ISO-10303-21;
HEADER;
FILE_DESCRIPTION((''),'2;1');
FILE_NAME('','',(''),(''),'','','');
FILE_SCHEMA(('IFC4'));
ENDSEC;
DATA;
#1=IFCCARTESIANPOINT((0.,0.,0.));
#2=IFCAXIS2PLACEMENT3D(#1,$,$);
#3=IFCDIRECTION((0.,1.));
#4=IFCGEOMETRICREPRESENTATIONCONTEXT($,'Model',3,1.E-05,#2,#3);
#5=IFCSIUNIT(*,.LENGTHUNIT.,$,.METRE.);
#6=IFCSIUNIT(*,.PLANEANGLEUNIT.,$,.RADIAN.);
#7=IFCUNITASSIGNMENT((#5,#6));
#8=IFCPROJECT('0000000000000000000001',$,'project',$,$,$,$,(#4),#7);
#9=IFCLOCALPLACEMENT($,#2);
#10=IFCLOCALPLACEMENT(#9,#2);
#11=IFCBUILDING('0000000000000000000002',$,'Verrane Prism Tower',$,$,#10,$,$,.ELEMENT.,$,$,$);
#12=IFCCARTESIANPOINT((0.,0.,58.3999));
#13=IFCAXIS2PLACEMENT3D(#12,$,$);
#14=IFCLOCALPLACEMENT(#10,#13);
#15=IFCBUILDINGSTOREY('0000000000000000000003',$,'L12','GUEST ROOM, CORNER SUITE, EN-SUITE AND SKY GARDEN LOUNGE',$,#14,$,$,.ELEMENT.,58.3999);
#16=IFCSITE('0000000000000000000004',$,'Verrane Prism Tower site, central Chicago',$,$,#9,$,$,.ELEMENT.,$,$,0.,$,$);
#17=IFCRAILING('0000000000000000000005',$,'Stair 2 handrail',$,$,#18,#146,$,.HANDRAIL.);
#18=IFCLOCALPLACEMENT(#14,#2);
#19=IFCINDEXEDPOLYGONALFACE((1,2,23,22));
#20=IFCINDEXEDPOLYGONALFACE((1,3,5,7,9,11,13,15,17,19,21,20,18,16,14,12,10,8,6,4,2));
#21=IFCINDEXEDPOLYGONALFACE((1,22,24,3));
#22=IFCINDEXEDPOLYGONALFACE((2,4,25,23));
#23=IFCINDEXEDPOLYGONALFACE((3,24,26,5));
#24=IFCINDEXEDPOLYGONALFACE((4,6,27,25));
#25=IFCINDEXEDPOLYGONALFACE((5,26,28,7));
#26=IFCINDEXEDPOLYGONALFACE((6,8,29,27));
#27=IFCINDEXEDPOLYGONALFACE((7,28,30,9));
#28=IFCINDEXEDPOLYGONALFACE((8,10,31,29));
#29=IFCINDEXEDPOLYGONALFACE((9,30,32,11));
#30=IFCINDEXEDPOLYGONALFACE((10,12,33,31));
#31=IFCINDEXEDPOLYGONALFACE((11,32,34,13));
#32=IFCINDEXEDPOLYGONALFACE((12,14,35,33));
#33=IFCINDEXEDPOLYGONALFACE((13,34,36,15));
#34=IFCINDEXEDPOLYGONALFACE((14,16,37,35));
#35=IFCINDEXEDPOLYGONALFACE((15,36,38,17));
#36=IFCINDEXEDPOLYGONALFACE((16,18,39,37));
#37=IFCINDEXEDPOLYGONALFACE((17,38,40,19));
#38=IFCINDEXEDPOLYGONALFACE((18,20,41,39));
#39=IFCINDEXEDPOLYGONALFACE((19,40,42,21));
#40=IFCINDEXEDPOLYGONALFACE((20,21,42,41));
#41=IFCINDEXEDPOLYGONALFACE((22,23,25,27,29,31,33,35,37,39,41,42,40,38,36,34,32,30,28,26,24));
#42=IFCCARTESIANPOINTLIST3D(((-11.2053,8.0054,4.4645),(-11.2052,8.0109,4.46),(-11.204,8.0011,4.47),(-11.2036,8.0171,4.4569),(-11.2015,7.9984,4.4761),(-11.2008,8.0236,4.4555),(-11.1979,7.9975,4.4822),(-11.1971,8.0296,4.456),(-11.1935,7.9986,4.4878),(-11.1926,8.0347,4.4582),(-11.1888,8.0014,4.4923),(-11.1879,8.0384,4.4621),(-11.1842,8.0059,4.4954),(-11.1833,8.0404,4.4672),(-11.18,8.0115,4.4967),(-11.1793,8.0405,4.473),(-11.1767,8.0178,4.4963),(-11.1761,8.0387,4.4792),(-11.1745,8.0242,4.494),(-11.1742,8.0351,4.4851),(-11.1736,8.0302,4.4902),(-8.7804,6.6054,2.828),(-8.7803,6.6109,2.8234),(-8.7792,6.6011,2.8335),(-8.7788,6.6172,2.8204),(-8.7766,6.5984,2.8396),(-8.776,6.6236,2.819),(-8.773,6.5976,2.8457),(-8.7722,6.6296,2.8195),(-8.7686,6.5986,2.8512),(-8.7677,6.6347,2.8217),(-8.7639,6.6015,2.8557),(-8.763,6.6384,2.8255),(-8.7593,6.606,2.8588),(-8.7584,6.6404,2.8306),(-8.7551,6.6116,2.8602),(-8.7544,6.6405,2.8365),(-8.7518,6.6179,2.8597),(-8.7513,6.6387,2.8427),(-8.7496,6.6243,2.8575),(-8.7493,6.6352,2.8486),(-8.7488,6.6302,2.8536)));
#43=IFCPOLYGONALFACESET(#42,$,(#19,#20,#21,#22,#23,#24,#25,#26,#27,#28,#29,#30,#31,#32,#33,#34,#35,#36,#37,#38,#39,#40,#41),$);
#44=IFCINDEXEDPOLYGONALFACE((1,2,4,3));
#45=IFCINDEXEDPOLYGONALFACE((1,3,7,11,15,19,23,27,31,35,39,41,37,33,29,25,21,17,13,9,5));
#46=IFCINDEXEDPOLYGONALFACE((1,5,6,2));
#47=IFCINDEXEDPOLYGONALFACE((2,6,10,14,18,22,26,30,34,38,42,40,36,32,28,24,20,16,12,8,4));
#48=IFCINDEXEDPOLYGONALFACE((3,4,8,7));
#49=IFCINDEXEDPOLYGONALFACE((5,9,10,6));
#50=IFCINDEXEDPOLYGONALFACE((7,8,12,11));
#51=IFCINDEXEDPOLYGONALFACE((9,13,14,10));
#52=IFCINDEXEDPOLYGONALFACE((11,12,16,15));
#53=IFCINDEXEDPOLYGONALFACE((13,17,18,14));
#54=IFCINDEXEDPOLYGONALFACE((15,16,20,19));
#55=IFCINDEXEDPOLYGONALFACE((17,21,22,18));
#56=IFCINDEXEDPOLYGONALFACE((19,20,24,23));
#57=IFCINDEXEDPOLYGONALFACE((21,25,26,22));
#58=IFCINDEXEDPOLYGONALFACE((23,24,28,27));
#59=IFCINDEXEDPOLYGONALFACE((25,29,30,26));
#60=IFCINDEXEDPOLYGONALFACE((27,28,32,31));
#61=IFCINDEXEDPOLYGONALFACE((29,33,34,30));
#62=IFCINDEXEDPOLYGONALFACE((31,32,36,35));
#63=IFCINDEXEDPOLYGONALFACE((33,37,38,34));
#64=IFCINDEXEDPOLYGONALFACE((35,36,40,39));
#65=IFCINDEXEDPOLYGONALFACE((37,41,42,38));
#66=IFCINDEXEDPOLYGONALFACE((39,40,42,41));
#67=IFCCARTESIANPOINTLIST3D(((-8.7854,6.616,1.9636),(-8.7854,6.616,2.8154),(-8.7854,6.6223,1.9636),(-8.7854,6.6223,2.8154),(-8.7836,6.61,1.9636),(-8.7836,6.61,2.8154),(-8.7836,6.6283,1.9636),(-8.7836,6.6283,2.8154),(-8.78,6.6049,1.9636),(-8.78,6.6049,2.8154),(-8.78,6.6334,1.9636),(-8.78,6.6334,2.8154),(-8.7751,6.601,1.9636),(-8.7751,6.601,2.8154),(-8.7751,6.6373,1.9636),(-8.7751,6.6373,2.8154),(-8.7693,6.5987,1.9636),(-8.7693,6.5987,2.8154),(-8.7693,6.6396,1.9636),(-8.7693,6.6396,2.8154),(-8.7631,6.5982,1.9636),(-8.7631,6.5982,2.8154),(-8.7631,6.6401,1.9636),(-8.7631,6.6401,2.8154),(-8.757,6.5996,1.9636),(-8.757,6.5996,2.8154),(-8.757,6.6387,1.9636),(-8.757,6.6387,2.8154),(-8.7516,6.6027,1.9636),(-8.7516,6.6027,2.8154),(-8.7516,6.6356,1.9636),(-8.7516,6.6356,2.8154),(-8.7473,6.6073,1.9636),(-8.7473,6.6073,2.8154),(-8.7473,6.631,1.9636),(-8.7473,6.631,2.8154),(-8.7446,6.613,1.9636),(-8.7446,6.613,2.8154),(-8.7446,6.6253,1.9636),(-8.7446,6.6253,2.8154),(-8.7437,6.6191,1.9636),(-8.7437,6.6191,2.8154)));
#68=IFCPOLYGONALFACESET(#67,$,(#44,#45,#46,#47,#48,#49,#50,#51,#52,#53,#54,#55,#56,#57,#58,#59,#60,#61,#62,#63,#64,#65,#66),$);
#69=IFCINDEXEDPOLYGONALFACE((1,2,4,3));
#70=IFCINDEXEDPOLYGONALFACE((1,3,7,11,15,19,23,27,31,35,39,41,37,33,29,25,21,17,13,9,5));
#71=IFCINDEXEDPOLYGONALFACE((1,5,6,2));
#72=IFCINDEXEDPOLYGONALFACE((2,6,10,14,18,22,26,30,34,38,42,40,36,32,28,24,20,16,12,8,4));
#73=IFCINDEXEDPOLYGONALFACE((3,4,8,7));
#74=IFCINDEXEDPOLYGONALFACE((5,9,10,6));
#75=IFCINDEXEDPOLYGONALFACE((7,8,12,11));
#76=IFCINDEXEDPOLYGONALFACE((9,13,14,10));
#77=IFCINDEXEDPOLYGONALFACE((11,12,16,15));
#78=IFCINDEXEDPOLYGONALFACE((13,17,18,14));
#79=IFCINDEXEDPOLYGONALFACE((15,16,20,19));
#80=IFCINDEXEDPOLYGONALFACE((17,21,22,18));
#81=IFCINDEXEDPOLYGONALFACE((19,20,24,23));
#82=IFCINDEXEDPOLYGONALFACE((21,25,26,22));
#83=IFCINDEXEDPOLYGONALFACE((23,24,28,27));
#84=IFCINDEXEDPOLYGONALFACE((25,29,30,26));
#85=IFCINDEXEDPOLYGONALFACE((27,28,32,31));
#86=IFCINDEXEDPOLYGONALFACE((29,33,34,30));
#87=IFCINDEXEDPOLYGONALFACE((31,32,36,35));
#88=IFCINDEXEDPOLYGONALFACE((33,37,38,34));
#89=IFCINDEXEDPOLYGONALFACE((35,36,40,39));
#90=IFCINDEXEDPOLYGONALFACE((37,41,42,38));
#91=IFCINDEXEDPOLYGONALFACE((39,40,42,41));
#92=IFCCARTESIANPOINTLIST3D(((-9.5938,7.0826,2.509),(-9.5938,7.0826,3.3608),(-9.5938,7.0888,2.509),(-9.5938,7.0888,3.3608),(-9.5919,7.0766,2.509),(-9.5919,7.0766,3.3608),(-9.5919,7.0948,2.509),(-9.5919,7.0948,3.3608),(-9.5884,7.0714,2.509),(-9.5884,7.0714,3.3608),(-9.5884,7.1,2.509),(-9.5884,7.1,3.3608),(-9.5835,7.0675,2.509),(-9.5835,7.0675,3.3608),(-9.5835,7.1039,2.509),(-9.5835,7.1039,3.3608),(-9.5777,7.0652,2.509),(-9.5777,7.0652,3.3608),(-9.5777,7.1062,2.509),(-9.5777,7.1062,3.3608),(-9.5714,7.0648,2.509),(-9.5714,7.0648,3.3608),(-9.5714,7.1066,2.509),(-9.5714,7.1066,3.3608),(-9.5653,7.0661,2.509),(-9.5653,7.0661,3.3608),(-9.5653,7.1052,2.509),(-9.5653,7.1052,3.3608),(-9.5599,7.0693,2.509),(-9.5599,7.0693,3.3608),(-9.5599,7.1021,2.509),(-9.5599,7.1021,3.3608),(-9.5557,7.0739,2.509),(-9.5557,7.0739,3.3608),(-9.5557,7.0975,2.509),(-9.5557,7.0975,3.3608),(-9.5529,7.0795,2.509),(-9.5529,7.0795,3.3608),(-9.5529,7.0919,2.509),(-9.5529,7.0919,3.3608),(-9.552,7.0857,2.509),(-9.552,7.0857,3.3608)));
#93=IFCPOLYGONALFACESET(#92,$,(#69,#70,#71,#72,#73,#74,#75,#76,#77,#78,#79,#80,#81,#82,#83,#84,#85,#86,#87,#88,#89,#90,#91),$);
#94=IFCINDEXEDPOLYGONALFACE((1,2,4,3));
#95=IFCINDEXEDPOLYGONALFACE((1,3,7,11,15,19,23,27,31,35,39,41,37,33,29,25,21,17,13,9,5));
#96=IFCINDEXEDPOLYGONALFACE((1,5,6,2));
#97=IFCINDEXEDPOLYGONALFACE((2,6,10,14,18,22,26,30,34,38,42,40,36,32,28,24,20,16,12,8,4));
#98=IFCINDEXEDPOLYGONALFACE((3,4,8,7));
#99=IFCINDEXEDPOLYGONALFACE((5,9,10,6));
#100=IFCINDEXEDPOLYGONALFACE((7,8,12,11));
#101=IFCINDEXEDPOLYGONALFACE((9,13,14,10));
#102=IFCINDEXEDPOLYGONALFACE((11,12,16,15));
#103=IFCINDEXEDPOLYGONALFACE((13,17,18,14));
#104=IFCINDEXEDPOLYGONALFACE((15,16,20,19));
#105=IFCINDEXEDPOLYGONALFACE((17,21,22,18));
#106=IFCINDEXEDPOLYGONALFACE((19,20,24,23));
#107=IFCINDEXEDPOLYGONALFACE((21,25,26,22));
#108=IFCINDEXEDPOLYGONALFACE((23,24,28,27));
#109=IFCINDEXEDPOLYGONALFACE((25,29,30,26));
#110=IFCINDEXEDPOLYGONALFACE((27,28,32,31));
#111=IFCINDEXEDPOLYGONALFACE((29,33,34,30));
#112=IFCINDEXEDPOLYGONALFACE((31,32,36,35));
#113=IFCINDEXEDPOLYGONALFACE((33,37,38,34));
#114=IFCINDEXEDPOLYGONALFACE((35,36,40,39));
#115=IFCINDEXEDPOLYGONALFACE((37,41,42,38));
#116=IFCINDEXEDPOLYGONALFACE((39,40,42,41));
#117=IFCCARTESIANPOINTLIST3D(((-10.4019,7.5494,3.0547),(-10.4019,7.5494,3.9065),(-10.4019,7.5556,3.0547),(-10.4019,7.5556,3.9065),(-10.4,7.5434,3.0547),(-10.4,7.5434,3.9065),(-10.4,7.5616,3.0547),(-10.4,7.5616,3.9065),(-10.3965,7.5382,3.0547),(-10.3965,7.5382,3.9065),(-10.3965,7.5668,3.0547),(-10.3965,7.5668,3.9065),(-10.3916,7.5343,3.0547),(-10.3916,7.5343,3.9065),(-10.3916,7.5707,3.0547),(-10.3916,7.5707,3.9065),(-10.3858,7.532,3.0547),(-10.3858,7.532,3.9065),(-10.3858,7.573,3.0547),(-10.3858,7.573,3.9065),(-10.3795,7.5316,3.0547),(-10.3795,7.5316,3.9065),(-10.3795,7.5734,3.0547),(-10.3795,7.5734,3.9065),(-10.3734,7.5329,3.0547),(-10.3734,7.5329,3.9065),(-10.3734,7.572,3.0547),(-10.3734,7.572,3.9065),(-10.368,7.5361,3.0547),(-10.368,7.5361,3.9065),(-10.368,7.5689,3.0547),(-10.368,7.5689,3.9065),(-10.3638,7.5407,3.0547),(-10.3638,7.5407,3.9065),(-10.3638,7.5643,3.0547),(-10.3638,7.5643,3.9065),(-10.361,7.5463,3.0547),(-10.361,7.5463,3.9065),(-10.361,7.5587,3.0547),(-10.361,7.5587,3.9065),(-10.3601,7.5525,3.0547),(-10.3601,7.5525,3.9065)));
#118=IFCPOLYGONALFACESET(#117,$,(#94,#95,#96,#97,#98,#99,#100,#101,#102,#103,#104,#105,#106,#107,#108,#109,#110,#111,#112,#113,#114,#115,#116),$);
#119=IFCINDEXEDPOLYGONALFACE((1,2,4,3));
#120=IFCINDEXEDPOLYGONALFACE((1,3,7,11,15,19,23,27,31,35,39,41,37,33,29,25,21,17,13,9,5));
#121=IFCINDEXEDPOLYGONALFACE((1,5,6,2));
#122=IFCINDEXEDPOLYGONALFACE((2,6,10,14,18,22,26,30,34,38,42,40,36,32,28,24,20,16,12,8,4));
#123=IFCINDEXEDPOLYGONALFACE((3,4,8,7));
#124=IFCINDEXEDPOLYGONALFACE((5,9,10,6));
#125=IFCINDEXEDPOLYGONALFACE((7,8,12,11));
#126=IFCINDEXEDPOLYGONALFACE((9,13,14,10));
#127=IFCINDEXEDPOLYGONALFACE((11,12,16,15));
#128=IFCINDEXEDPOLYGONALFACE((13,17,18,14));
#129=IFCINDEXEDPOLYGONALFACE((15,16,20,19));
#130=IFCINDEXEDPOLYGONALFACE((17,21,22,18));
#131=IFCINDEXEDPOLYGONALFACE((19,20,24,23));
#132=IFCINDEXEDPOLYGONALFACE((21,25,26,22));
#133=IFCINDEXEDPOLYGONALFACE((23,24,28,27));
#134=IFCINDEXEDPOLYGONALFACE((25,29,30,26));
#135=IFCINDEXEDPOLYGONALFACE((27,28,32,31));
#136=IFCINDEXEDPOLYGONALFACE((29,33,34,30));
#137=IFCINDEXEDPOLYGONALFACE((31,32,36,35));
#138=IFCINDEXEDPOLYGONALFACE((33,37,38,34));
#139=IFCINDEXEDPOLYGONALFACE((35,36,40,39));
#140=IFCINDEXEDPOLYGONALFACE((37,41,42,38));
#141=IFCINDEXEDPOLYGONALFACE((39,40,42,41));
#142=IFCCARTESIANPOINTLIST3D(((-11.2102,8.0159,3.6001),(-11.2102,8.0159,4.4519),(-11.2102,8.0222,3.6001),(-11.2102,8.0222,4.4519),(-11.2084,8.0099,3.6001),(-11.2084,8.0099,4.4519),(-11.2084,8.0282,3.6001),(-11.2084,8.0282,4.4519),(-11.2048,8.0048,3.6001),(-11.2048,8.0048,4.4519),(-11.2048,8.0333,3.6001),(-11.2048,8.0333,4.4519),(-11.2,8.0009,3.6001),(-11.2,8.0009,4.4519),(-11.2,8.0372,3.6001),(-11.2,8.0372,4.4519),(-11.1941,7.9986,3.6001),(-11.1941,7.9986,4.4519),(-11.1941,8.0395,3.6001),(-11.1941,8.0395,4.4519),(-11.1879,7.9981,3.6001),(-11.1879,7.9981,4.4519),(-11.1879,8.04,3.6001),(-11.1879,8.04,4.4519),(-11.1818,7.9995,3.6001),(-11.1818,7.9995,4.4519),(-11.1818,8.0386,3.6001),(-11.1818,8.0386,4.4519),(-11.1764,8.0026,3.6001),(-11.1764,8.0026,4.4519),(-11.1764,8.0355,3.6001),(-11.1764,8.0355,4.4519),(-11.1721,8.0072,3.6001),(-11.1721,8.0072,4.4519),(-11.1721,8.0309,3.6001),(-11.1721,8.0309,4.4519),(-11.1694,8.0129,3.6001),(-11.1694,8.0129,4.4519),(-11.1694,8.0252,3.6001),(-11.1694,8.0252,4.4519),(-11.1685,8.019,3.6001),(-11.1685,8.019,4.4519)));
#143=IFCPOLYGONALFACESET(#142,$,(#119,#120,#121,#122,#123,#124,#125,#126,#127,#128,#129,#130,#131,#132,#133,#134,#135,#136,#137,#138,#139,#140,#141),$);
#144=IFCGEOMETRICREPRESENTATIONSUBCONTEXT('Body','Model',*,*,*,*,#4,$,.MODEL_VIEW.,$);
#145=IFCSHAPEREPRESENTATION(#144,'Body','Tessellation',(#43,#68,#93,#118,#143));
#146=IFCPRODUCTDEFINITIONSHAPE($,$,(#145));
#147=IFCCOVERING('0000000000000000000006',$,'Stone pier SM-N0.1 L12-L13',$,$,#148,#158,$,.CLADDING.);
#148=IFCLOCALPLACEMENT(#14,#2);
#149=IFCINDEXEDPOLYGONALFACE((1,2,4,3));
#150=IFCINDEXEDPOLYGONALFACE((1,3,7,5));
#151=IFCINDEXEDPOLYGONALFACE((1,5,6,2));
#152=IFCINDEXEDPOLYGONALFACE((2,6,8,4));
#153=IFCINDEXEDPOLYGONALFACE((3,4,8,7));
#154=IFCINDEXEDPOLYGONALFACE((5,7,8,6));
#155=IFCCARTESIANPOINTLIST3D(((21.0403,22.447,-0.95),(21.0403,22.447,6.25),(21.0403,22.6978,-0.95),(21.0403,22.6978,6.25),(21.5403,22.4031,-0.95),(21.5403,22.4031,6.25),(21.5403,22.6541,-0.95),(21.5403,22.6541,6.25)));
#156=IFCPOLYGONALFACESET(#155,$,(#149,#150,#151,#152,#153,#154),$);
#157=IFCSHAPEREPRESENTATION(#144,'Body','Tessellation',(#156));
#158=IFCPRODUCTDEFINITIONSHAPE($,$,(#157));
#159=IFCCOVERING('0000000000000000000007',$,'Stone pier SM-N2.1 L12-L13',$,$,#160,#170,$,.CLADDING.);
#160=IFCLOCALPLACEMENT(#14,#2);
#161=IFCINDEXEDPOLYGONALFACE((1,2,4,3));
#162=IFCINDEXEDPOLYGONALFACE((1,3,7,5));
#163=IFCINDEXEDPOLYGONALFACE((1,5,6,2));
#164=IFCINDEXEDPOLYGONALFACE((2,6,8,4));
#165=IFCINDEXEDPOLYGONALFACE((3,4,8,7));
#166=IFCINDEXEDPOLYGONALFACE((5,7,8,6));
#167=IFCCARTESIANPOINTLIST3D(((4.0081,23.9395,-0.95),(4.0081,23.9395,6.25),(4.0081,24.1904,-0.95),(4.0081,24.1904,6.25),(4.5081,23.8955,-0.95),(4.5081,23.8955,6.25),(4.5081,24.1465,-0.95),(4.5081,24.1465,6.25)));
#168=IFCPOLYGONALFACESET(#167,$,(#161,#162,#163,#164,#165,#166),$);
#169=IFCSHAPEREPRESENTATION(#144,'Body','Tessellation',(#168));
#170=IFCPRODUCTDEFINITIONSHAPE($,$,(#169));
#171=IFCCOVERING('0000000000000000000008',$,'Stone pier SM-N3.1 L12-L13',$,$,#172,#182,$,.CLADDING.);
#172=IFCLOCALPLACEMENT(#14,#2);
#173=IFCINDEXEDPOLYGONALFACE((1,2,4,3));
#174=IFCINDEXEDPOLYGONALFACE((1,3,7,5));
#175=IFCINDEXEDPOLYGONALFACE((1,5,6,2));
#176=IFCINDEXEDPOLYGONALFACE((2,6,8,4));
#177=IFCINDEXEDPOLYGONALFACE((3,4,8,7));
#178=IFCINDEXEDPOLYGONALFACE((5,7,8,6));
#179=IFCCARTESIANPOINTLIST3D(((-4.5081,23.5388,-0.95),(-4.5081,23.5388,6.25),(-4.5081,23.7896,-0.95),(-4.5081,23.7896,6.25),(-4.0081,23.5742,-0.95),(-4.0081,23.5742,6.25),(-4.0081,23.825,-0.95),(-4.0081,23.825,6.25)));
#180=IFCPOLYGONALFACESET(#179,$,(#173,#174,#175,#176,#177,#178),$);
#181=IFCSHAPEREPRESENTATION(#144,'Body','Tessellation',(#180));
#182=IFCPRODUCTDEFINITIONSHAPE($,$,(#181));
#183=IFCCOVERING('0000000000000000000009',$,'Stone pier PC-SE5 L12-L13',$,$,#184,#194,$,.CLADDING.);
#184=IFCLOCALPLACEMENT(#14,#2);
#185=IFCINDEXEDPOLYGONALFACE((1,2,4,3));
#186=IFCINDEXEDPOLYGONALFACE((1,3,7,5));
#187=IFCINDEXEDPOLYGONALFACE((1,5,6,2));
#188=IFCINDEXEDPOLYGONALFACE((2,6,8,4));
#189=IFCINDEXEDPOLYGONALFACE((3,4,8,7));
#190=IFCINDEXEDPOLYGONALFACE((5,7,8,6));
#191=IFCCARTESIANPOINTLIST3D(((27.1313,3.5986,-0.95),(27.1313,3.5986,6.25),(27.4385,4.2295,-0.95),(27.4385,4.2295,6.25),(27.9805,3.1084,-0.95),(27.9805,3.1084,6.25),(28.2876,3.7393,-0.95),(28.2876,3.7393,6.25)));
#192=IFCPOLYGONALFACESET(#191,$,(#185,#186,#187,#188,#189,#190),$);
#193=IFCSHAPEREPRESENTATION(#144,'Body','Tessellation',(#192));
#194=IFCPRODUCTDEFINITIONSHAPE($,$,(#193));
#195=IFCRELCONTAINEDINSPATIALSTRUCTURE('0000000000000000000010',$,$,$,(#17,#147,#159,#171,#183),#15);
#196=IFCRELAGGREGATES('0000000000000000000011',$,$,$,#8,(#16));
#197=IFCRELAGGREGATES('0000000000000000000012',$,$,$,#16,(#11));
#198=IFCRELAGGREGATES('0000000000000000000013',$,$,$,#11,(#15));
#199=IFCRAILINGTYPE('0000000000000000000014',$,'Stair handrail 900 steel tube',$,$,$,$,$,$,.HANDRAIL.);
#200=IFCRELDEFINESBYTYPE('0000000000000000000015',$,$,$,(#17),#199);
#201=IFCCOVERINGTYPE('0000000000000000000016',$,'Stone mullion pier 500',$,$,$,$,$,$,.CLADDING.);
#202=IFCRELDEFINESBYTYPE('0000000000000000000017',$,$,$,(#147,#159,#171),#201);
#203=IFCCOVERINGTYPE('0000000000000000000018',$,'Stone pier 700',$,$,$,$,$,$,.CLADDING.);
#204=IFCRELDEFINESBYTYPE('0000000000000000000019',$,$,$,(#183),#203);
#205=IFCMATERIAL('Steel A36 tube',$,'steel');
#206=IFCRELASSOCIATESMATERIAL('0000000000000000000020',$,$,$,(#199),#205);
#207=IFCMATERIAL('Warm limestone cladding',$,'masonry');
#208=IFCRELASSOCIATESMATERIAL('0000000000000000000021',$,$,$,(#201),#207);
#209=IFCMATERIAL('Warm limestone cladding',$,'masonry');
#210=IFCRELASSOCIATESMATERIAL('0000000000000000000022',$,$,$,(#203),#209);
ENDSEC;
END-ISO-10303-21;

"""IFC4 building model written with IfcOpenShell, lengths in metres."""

from ifc_helpers import new_model, si_unit, direction, frame, origin, origin_2d, place, context, subcontext, project, spatial, polyline, circle, outline, extrude, material, type_object, element, save


model = new_model("IFC4")

# Units and contexts
model_context = context("Model", 3, precision=1e-05, world=origin(), true_north=direction((0.0, 1.0)))
body_context = subcontext(model_context, "Body", "Model", "MODEL_VIEW")
ifc_project = project(units=[si_unit("LENGTHUNIT", "METRE"), si_unit("PLANEANGLEUNIT", "RADIAN")], contexts=[model_context])

# Site, building, storey
site_placement = place(None, origin())
site = spatial("IfcSite", under=ifc_project, at=site_placement, Name="Verrane Prism Tower site, central Chicago", CompositionType="ELEMENT", RefElevation=0.0)
building_placement = place(site_placement, origin())
building = spatial("IfcBuilding", under=site, at=building_placement, Name="Verrane Prism Tower", CompositionType="ELEMENT")
storey_placement = place(building_placement, frame((0.0, 0.0, 58.3999)))
storey = spatial("IfcBuildingStorey", under=building, at=storey_placement, Name="L12", Description="GUEST ROOM, CORNER SUITE, EN-SUITE AND SKY GARDEN LOUNGE", CompositionType="ELEMENT", Elevation=58.3999)

# Railing
ifc_material_1 = material(Name="Steel A36 tube", Category="steel")
railing_type_1 = type_object("IfcRailingType", Name="Stair handrail 900 steel tube", PredefinedType="HANDRAIL", material=ifc_material_1)
railing_1_placement = place(storey_placement, frame((-8.7646, 6.6191, 1.9636)))
element("IfcRailing", 1, at=railing_1_placement, inside=storey, type_object=railing_type_1, Name="Stair 2 handrail", PredefinedType="HANDRAIL", context=body_context, shape_type="SweptSolid", body=[
    extrude(circle(Radius=0.0239, at=origin_2d()), frame((0.0, 0.0, 0.876), z_axis=(-0.74769, 0.431661, 0.504608), x_axis=(-0.499984, -0.866035, 0.0)), (0.0, 0.0, 1.0), 3.2432),
    extrude(circle(Radius=0.021, at=origin_2d()), origin(), (0.0, 0.0, 1.0), 0.8518),
    extrude(circle(Radius=0.021, at=origin_2d()), frame((-0.8083, 0.4666, 0.5454)), (0.0, 0.0, 1.0), 0.8518),
    extrude(circle(Radius=0.021, at=origin_2d()), frame((-1.6165, 0.9333, 1.0911)), (0.0, 0.0, 1.0), 0.8518),
    extrude(circle(Radius=0.021, at=origin_2d()), frame((-2.4248, 1.3999, 1.6365)), (0.0, 0.0, 1.0), 0.8518),
])

# Coverings
ifc_material_2 = material(Name="Warm limestone cladding", Category="masonry")
covering_type_1 = type_object("IfcCoveringType", Name="Stone mullion pier 500", PredefinedType="CLADDING", material=ifc_material_2)
covering_1_placement = place(storey_placement, frame((0.0, 0.0, -0.95)))
element("IfcCovering", 2, at=covering_1_placement, inside=storey, type_object=covering_type_1, Name="Stone pier SM-N0.1 L12-L13", PredefinedType="CLADDING", context=body_context, shape_type="SweptSolid", body=[
    extrude(outline(polyline([(21.0403, 22.447), (21.5403, 22.4031), (21.5403, 22.6541), (21.0403, 22.6978), (21.0403, 22.447)])), origin(), (0.0, 0.0, 1.0), 7.2),
])
covering_2_placement = place(storey_placement, frame((0.0, 0.0, -0.95)))
element("IfcCovering", 3, at=covering_2_placement, inside=storey, type_object=covering_type_1, Name="Stone pier SM-N2.1 L12-L13", PredefinedType="CLADDING", context=body_context, shape_type="SweptSolid", body=[
    extrude(outline(polyline([(4.0081, 23.9395), (4.5081, 23.8955), (4.5081, 24.1465), (4.0081, 24.1904), (4.0081, 23.9395)])), origin(), (0.0, 0.0, 1.0), 7.2),
])
covering_3_placement = place(storey_placement, frame((0.0, 0.0, -0.95)))
element("IfcCovering", 4, at=covering_3_placement, inside=storey, type_object=covering_type_1, Name="Stone pier SM-N3.1 L12-L13", PredefinedType="CLADDING", context=body_context, shape_type="SweptSolid", body=[
    extrude(outline(polyline([(-4.5081, 23.5388), (-4.0081, 23.5742), (-4.0081, 23.825), (-4.5081, 23.7896), (-4.5081, 23.5388)])), origin(), (0.0, 0.0, 1.0), 7.2),
])
ifc_material_3 = material(Name="Warm limestone cladding", Category="masonry")
covering_type_2 = type_object("IfcCoveringType", Name="Stone pier 700", PredefinedType="CLADDING", material=ifc_material_3)
covering_4_placement = place(storey_placement, frame((0.0, 0.0, -0.95)))
element("IfcCovering", 5, at=covering_4_placement, inside=storey, type_object=covering_type_2, Name="Stone pier PC-SE5 L12-L13", PredefinedType="CLADDING", context=body_context, shape_type="SweptSolid", body=[
    extrude(outline(polyline([(28.2876, 3.7393), (27.4385, 4.2295), (27.1313, 3.5986), (27.9805, 3.1084), (28.2876, 3.7393)])), origin(), (0.0, 0.0, 1.0), 7.2),
])

save(model, "model.ifc")
